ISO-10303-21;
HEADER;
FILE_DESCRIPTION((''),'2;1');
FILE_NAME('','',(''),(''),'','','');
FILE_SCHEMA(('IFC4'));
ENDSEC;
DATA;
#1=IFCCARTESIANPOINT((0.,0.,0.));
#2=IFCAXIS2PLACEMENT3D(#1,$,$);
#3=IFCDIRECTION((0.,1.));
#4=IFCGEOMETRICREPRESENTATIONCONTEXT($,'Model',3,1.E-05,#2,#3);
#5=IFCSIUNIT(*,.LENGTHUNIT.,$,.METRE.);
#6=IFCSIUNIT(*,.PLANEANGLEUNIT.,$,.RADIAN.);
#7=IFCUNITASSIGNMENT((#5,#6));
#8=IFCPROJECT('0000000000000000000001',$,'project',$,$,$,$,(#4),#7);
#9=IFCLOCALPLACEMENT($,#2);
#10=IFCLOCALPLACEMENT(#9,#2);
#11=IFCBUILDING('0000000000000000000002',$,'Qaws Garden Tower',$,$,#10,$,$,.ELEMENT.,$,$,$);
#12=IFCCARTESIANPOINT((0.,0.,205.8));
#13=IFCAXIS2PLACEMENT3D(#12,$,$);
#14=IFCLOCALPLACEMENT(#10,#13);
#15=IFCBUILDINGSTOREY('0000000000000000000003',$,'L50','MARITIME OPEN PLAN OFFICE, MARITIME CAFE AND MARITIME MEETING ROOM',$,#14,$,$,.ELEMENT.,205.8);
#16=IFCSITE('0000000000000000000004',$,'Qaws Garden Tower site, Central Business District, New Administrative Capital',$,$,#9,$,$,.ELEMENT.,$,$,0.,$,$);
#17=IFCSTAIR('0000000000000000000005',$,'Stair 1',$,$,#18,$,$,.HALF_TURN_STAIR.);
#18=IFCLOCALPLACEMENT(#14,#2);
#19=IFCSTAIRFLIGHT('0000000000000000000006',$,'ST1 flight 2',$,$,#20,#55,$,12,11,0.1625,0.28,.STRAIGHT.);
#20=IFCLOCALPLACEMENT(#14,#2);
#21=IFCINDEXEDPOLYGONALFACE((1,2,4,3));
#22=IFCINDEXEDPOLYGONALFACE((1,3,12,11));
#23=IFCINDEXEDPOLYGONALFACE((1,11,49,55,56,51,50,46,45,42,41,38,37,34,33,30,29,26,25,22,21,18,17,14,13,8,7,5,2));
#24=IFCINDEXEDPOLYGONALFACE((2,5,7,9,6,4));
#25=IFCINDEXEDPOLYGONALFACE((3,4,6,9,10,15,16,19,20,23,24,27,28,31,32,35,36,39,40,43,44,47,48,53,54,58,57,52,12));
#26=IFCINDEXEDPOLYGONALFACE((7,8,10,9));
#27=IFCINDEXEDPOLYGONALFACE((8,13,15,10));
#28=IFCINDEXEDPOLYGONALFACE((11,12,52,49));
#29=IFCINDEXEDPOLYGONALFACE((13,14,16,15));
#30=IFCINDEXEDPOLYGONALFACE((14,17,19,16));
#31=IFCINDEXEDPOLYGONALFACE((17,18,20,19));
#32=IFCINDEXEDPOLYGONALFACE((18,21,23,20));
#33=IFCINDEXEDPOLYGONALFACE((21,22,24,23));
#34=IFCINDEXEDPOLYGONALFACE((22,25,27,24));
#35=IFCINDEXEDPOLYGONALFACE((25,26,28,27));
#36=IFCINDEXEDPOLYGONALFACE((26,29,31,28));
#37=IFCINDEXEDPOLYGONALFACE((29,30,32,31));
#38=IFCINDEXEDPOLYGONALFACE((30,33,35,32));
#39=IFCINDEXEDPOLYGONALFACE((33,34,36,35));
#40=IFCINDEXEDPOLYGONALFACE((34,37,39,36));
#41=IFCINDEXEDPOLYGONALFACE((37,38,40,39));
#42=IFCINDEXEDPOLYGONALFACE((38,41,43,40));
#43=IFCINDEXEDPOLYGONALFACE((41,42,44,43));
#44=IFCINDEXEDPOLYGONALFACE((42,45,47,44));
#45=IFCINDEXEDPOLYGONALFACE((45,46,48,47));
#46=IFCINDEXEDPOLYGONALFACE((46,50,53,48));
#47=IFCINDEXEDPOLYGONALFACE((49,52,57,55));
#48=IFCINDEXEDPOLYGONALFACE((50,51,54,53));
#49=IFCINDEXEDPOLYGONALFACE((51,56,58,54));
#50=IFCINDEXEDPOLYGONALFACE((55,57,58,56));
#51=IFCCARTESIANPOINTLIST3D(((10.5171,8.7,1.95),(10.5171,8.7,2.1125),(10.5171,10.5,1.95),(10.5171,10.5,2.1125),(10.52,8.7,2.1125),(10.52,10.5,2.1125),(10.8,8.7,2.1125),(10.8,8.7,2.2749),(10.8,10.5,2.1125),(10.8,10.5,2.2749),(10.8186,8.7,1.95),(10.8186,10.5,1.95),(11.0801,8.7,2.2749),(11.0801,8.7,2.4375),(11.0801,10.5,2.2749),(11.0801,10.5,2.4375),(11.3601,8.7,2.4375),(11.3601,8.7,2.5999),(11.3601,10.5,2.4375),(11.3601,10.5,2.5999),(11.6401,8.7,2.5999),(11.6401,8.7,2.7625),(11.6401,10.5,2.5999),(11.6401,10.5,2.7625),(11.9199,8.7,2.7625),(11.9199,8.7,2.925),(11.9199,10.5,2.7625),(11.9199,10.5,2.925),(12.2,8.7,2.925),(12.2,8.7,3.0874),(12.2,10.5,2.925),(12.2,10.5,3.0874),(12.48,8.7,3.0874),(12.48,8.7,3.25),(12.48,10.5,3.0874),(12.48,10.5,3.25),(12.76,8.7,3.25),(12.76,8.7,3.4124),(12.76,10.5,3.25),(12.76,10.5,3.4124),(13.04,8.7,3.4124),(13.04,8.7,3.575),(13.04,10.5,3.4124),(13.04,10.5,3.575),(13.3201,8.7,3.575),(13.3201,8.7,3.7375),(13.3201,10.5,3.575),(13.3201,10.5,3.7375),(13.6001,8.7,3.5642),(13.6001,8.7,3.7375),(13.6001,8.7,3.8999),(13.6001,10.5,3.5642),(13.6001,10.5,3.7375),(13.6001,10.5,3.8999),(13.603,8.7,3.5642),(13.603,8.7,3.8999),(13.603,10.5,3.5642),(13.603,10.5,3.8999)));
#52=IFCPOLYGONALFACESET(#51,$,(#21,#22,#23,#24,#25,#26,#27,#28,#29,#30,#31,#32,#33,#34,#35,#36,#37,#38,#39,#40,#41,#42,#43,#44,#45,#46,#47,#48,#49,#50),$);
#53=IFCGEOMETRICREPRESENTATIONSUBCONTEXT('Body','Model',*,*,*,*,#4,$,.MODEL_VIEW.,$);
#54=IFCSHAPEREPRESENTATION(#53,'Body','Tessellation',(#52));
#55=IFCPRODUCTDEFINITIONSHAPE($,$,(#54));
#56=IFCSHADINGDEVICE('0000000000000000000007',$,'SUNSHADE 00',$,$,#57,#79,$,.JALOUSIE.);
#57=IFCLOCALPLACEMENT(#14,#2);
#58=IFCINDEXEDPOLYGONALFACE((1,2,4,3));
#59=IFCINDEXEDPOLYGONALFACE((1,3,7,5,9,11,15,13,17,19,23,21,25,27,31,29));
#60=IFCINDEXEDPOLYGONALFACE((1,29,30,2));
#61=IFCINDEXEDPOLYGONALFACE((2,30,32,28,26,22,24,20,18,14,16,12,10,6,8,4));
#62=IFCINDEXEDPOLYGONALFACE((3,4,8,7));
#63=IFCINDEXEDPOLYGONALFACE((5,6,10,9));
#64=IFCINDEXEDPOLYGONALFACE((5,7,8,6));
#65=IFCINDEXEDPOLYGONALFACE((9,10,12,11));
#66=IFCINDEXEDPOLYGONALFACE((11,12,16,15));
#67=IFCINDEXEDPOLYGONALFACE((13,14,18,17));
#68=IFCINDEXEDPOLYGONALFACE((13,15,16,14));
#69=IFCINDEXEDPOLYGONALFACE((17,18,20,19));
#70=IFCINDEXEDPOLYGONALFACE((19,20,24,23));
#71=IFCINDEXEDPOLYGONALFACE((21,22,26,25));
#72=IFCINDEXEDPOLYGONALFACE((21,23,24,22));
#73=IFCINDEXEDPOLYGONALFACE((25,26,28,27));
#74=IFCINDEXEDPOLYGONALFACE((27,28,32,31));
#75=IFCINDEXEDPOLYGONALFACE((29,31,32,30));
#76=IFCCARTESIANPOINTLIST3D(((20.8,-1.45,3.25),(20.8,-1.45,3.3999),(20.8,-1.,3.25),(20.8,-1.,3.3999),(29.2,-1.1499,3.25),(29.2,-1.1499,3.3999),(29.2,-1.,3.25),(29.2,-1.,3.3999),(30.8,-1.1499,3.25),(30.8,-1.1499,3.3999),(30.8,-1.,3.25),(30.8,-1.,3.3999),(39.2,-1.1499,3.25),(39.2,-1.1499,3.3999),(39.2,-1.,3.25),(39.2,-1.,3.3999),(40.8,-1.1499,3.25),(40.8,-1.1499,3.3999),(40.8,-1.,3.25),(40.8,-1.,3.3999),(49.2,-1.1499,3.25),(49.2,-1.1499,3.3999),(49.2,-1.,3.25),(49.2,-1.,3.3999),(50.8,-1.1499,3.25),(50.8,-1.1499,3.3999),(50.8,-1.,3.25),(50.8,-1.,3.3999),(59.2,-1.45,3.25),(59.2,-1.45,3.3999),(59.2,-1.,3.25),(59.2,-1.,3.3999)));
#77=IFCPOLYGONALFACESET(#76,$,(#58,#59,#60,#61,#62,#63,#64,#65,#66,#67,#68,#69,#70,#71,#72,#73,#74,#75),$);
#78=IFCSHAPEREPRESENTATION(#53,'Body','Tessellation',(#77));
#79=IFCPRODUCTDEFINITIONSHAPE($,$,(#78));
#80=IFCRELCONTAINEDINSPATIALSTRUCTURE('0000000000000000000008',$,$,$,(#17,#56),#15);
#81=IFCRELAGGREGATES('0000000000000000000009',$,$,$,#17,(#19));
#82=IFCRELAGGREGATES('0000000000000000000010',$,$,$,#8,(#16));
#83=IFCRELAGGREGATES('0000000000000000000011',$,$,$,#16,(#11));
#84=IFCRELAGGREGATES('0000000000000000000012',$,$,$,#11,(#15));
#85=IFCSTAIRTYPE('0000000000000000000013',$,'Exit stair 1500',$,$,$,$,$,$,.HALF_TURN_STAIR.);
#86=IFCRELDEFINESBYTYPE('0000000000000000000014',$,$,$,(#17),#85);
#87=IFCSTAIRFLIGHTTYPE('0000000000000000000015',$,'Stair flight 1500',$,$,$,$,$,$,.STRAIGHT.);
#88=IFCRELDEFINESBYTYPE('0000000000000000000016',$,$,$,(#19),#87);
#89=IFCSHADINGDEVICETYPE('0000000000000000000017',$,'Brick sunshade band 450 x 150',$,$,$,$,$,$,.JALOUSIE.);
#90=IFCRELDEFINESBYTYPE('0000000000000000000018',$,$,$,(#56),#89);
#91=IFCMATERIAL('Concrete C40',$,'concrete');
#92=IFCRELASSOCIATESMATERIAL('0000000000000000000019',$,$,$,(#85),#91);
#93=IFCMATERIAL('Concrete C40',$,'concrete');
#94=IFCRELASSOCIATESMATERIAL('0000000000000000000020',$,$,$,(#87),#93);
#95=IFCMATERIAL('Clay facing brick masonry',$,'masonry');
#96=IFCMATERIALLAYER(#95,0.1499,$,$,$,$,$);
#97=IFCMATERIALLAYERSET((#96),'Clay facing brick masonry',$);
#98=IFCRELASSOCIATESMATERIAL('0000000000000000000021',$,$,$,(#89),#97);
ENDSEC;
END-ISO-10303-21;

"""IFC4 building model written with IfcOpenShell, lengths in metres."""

from ifc_helpers import new_model, si_unit, direction, frame, origin, place, context, subcontext, project, spatial, polyline, outline, extrude, material, layer, layer_set, type_object, element, aggregate, save


model = new_model("IFC4")

# Units and contexts
model_context = context("Model", 3, precision=1e-05, world=origin(), true_north=direction((0.0, 1.0)))
body_context = subcontext(model_context, "Body", "Model", "MODEL_VIEW")
ifc_project = project(units=[si_unit("LENGTHUNIT", "METRE"), si_unit("PLANEANGLEUNIT", "RADIAN")], contexts=[model_context])

# Site, building, storey
site_placement = place(None, origin())
site = spatial("IfcSite", under=ifc_project, at=site_placement, Name="Qaws Garden Tower site, Central Business District, New Administrative Capital", CompositionType="ELEMENT", RefElevation=0.0)
building_placement = place(site_placement, origin())
building = spatial("IfcBuilding", under=site, at=building_placement, Name="Qaws Garden Tower", CompositionType="ELEMENT")
storey_placement = place(building_placement, frame((0.0, 0.0, 205.8)))
storey = spatial("IfcBuildingStorey", under=building, at=storey_placement, Name="L50", Description="MARITIME OPEN PLAN OFFICE, MARITIME CAFE AND MARITIME MEETING ROOM", CompositionType="ELEMENT", Elevation=205.8)

# Stair
ifc_material_1 = material(Name="Concrete C40", Category="concrete")
stair_type_1 = type_object("IfcStairType", Name="Exit stair 1500", PredefinedType="HALF_TURN_STAIR", material=ifc_material_1)
placement_1 = place(storey_placement, origin())
stair_1 = element("IfcStair", 1, at=placement_1, inside=storey, type_object=stair_type_1, Name="Stair 1", PredefinedType="HALF_TURN_STAIR")

# Stair flight
ifc_material_2 = material(Name="Concrete C40", Category="concrete")
stair_flight_type = type_object("IfcStairFlightType", Name="Stair flight 1500", PredefinedType="STRAIGHT", material=ifc_material_2)
stair_flight_placement = place(storey_placement, frame((10.52, 9.6001, 1.95), z_axis=(0.0, 0.0, 1.0), x_axis=(1.0, 0.0, 0.0)))
stair_flight = element("IfcStairFlight", 2, at=stair_flight_placement, type_object=stair_flight_type, Name="ST1 flight 2", NumberOfRisers=12, NumberOfTreads=11, PredefinedType="STRAIGHT", RiserHeight=0.1625, TreadLength=0.28, context=body_context, shape_type="SweptSolid", body=[
    extrude(outline(polyline([(-0.0029, 0.0), (-0.0029, 0.1626), (0.0, 0.1626), (0.28, 0.1626), (0.28, 0.325), (0.5601, 0.325), (0.5601, 0.4875), (0.8401, 0.4875), (0.8401, 0.6499), (1.1201, 0.6499), (1.1201, 0.8125), (1.3999, 0.8125), (1.3999, 0.9751), (1.6799, 0.9751), (1.6799, 1.1375), (1.96, 1.1375), (1.96, 1.3), (2.24, 1.3), (2.24, 1.4624), (2.52, 1.4624), (2.52, 1.625), (2.8, 1.625), (2.8, 1.7876), (3.0801, 1.7876), (3.0801, 1.95), (3.083, 1.95), (3.083, 1.6143), (3.0801, 1.6143), (0.2986, 0.0), (-0.0029, 0.0)])), frame((0.0, 0.8999, 0.0), z_axis=(0.0, -1.0, 0.0), x_axis=(1.0, 0.0, 0.0)), (0.0, 0.0, 1.0), 1.8),
])
aggregate(stair_1, [stair_flight])

# Shading device
ifc_material_3 = material(Name="Clay facing brick masonry", Category="masonry")
ifc_layer_1 = layer(ifc_material_3, 0.1499)
ifc_layer_set_1 = layer_set([ifc_layer_1], Name="Clay facing brick masonry")
shading_device_type = type_object("IfcShadingDeviceType", Name="Brick sunshade band 450 x 150", PredefinedType="JALOUSIE", material=ifc_layer_set_1)
shading_device_placement = place(storey_placement, frame((0.0, 0.0, 3.25)))
element("IfcShadingDevice", 3, at=shading_device_placement, inside=storey, type_object=shading_device_type, Name="SUNSHADE 00", PredefinedType="JALOUSIE", context=body_context, shape_type="SweptSolid", body=[
    extrude(outline(polyline([(20.8, -1.0), (20.8, -1.45), (59.2, -1.45), (59.2, -1.0), (50.8, -1.0), (50.8, -1.1499), (49.2, -1.1499), (49.2, -1.0), (40.8, -1.0), (40.8, -1.1499), (39.2, -1.1499), (39.2, -1.0), (30.8, -1.0), (30.8, -1.1499), (29.2, -1.1499), (29.2, -1.0), (20.8, -1.0)])), origin(), (0.0, 0.0, 1.0), 0.1499),
])

save(model, "model.ifc")
